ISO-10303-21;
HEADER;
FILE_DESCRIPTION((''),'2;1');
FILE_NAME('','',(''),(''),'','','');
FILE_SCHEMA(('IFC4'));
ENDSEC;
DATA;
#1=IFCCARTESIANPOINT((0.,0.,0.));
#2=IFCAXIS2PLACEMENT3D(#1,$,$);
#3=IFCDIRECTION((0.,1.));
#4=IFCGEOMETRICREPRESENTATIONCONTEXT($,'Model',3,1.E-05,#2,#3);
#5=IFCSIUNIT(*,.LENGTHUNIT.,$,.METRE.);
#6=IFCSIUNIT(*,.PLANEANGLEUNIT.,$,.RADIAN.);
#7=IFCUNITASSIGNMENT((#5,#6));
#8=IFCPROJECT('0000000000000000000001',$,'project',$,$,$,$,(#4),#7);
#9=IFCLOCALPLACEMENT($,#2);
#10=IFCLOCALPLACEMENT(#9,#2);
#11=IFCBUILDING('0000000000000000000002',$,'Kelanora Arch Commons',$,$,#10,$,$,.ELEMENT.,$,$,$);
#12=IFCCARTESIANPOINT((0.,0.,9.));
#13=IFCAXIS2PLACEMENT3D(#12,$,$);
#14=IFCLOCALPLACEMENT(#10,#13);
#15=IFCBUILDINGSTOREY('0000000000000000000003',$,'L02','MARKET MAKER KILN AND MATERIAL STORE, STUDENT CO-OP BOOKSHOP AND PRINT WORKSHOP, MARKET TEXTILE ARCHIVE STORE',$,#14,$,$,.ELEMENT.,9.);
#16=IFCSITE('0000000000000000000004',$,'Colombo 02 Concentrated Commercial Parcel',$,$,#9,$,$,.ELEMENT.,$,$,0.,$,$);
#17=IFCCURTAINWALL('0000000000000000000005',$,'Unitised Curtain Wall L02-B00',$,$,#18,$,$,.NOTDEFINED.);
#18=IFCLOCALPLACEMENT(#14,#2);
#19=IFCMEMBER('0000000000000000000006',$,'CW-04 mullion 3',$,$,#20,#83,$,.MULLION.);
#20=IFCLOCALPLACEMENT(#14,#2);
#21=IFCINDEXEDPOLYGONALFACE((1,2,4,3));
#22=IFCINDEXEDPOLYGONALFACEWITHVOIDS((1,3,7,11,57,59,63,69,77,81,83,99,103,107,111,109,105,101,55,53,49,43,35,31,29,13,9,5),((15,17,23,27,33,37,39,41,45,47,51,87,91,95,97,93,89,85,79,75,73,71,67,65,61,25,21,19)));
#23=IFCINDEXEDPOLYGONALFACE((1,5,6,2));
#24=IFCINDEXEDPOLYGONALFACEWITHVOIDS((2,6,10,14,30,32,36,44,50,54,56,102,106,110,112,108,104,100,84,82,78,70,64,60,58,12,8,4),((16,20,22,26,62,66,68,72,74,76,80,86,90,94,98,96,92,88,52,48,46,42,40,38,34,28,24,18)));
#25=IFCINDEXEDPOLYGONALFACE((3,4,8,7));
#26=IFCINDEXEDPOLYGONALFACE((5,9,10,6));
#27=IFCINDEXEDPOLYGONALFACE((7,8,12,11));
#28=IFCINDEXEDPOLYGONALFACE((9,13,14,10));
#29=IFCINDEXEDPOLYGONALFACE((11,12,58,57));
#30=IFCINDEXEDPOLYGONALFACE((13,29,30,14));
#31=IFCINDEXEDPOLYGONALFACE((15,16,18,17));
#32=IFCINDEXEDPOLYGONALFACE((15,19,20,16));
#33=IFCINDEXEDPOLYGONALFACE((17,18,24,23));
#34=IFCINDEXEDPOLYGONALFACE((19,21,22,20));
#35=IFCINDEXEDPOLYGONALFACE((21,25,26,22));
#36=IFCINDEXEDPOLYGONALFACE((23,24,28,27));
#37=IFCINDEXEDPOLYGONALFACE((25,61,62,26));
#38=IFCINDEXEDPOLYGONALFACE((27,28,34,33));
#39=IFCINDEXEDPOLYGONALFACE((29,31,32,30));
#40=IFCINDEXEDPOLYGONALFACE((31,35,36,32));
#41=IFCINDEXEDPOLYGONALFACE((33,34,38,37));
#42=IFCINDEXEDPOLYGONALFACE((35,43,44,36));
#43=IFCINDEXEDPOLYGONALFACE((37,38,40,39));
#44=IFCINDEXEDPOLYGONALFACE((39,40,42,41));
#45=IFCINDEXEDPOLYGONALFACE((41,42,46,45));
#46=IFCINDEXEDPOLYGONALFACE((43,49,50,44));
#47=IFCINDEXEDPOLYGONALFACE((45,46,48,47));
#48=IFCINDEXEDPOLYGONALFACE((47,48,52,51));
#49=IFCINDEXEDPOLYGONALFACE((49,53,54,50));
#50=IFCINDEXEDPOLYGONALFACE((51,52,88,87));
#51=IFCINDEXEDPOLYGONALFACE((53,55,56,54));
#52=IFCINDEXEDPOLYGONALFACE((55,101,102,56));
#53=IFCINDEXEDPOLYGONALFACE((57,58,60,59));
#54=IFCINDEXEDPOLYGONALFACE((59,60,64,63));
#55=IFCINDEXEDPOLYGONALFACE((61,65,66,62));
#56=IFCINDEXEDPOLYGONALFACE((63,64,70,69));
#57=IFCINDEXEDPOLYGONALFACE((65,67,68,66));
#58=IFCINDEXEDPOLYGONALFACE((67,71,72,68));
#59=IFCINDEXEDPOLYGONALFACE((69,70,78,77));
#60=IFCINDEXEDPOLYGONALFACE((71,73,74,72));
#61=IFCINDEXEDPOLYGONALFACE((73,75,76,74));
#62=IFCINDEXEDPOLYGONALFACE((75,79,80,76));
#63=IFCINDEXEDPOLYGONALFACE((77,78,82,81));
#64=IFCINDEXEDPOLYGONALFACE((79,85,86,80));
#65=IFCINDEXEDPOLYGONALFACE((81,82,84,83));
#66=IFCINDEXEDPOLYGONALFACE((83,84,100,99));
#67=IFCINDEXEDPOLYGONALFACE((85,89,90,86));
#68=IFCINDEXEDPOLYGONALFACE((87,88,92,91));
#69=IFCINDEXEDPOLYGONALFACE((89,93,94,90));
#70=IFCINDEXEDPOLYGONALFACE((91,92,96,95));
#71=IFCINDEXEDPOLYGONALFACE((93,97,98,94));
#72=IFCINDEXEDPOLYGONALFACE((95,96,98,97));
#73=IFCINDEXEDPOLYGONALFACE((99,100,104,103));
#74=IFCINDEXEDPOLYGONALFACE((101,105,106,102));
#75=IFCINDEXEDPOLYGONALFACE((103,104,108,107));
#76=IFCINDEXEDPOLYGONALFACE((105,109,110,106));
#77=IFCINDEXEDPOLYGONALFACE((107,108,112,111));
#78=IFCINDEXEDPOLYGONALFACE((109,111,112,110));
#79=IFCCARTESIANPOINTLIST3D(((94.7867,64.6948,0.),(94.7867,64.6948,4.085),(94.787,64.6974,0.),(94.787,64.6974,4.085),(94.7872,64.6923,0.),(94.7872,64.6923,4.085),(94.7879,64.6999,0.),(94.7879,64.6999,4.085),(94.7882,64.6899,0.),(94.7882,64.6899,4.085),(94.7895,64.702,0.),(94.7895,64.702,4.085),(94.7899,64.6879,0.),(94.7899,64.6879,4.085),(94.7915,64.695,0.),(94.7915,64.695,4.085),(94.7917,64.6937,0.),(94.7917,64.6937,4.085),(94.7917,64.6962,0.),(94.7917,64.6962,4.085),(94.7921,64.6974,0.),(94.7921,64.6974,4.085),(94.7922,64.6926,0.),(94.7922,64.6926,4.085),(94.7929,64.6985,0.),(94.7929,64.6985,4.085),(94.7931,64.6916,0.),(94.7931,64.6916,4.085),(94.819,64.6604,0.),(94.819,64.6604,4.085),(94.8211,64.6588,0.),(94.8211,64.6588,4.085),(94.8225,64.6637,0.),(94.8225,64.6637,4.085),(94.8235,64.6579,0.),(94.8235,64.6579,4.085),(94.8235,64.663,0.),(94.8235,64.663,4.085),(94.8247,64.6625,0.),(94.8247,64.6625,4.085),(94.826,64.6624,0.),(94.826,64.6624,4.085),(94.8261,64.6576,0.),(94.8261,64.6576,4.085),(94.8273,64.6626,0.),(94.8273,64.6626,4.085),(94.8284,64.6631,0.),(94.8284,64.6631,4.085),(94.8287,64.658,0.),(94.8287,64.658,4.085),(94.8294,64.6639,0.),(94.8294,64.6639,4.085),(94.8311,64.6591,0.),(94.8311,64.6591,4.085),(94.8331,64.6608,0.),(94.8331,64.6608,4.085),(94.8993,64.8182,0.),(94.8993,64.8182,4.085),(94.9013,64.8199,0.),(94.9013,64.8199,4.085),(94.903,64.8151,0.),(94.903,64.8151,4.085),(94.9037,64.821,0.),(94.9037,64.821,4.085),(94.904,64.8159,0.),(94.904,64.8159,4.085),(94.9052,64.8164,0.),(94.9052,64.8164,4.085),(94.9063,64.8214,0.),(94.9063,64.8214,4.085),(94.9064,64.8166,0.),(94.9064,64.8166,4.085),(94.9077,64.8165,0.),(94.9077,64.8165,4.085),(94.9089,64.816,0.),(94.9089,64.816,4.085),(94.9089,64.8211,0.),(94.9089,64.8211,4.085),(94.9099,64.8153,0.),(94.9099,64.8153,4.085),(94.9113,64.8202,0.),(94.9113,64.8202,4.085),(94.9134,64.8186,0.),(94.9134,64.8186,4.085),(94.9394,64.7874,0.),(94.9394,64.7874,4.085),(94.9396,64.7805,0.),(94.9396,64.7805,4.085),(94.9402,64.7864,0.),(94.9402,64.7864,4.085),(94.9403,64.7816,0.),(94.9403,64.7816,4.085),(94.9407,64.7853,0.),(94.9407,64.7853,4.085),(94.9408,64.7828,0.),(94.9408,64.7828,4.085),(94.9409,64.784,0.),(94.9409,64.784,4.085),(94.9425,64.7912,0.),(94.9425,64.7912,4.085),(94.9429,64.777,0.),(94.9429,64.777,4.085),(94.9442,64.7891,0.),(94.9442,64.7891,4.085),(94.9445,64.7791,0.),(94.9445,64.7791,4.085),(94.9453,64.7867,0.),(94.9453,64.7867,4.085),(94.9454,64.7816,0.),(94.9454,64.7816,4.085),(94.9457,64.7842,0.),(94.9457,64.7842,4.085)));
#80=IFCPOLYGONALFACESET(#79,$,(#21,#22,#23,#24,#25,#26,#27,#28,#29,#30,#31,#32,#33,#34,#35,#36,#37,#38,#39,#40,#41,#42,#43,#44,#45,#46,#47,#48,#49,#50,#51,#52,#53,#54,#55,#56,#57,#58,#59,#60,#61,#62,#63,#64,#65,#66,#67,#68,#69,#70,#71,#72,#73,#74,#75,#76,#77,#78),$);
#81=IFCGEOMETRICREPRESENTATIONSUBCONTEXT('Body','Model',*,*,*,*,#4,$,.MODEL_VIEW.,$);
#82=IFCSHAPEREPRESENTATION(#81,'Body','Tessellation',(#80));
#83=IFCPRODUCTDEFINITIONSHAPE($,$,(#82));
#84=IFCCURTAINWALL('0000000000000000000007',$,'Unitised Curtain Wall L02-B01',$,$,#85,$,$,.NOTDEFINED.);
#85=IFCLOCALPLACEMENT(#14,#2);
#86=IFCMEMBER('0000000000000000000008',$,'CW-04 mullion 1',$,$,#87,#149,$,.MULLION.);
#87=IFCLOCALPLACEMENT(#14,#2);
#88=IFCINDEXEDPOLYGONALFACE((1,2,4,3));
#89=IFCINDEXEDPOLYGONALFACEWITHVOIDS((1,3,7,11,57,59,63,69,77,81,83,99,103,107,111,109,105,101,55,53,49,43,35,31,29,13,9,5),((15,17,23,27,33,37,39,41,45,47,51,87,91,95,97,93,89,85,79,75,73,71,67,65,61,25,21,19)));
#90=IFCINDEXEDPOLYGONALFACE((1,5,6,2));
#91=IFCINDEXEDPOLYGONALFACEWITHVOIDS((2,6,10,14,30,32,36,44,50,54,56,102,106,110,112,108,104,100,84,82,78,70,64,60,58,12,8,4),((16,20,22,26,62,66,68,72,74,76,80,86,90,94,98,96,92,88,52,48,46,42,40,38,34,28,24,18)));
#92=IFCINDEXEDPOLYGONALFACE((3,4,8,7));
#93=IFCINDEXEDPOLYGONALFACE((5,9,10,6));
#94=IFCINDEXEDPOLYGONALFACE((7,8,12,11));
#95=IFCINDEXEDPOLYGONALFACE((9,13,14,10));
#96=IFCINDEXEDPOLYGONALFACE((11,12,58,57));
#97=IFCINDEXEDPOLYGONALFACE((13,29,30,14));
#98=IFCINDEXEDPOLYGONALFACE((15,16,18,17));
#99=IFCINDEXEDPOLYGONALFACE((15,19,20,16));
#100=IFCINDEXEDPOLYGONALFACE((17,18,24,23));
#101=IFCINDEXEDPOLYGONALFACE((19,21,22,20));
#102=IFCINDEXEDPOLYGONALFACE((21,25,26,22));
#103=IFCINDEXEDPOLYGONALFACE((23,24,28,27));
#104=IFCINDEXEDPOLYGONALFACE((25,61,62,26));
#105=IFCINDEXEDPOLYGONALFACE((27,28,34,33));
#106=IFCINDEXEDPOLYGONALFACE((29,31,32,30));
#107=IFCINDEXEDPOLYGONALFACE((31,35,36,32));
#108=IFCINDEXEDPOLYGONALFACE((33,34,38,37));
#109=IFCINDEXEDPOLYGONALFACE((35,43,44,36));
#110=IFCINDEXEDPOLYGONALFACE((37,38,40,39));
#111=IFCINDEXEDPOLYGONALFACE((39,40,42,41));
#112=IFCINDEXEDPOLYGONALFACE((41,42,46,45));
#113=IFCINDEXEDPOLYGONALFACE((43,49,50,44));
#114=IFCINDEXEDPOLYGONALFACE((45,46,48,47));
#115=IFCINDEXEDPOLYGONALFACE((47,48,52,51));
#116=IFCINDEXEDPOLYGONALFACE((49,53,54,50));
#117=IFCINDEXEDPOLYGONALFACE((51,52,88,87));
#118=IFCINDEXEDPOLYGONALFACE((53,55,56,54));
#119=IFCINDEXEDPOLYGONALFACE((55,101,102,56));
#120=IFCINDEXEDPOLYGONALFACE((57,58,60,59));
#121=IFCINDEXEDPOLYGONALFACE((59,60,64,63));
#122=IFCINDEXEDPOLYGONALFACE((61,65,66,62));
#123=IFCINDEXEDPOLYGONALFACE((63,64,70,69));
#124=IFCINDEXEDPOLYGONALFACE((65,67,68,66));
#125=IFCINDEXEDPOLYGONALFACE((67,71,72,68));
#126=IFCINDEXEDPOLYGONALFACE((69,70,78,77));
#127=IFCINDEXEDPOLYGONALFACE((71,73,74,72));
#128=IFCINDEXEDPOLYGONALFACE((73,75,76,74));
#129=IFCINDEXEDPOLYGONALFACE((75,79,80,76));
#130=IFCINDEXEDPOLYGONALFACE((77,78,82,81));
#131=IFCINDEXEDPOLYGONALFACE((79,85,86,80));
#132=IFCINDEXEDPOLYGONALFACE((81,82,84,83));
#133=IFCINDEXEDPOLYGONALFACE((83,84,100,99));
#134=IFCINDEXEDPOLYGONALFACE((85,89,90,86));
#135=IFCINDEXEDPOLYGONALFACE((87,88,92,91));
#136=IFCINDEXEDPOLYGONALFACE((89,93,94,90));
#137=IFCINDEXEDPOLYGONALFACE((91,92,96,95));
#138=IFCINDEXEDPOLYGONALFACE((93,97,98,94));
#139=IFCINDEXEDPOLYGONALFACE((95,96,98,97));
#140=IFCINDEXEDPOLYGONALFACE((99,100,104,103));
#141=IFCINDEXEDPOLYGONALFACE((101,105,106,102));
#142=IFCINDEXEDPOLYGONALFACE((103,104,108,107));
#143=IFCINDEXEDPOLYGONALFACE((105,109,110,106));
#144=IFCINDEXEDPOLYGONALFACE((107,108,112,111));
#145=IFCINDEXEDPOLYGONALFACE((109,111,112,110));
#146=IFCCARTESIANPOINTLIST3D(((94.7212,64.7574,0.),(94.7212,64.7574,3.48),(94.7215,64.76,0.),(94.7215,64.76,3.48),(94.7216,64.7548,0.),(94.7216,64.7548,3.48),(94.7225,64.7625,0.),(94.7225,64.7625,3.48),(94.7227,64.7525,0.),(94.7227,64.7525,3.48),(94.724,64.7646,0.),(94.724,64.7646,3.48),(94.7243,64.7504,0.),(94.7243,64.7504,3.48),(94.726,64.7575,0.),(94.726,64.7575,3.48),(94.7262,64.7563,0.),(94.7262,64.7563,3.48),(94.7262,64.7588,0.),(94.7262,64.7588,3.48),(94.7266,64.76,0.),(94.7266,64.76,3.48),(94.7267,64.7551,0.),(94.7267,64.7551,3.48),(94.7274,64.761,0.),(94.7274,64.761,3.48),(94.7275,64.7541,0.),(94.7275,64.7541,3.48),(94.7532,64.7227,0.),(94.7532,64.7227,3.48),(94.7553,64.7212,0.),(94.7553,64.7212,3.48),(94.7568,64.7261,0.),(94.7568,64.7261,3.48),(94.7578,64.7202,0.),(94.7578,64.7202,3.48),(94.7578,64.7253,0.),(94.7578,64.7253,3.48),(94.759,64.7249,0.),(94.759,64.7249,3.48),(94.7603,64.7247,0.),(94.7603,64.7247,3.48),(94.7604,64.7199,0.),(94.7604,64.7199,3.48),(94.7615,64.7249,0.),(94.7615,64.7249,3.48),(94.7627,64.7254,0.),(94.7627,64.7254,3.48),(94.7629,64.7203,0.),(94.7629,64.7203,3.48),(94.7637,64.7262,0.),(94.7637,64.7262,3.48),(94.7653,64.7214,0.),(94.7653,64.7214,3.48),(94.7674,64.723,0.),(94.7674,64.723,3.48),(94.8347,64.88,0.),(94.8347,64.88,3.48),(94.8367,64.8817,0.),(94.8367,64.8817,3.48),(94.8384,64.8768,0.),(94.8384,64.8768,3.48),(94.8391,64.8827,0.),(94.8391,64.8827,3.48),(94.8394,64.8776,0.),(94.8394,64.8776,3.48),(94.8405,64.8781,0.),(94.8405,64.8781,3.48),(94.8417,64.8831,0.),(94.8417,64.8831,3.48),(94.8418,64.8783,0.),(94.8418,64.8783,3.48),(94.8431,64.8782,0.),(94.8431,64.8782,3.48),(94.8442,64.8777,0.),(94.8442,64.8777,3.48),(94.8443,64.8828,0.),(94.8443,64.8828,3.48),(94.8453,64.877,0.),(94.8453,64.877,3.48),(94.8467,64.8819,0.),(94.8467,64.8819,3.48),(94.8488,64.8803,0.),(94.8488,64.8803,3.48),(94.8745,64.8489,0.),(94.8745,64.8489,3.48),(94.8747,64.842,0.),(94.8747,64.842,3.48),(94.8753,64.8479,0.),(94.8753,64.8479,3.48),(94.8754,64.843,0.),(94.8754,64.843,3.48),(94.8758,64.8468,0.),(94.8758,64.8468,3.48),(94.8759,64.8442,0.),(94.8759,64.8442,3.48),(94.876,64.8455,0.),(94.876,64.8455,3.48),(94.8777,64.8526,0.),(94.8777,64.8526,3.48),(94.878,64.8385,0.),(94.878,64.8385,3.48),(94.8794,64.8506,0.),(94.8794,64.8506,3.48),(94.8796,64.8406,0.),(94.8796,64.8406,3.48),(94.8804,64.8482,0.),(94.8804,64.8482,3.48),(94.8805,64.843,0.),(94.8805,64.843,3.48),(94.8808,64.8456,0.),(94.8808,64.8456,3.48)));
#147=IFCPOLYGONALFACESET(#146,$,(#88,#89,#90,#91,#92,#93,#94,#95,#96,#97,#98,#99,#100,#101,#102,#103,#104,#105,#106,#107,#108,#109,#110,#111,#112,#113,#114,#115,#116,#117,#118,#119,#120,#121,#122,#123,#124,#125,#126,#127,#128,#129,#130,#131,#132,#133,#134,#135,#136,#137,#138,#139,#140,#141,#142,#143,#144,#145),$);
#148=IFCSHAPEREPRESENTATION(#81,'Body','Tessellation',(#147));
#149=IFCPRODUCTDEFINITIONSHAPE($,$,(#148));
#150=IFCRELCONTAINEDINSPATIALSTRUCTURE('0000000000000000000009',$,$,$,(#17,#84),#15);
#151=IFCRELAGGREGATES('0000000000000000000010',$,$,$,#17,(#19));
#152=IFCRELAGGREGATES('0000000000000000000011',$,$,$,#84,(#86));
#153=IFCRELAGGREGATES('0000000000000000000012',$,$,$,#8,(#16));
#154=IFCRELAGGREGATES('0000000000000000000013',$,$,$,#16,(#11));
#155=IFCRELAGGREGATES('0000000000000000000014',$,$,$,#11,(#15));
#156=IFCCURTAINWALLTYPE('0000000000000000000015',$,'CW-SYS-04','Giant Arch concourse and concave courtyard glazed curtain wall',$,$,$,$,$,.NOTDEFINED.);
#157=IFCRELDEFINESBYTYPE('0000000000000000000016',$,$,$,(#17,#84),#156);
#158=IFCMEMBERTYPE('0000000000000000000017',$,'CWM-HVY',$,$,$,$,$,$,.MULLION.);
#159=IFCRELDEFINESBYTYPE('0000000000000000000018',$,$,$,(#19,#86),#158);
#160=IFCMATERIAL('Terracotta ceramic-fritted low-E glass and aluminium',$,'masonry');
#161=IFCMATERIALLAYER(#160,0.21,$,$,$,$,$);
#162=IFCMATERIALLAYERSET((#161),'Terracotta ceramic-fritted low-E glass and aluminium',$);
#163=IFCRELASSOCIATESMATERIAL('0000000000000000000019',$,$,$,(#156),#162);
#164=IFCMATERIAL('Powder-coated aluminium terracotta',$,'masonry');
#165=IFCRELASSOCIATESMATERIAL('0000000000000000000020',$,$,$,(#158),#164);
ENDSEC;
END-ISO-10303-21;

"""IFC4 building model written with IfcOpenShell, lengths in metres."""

from ifc_helpers import new_model, si_unit, direction, frame, origin, origin_2d, place, context, subcontext, project, spatial, hollow_rectangle, extrude, material, layer, layer_set, material_profile, profile_set, type_object, element, aggregate, save


model = new_model("IFC4")

# Units and contexts
model_context = context("Model", 3, precision=1e-05, world=origin(), true_north=direction((0.0, 1.0)))
body_context = subcontext(model_context, "Body", "Model", "MODEL_VIEW")
ifc_project = project(units=[si_unit("LENGTHUNIT", "METRE"), si_unit("PLANEANGLEUNIT", "RADIAN")], contexts=[model_context])

# Site, building, storey
site_placement = place(None, origin())
site = spatial("IfcSite", under=ifc_project, at=site_placement, Name="Colombo 02 Concentrated Commercial Parcel", CompositionType="ELEMENT", RefElevation=0.0)
building_placement = place(site_placement, origin())
building = spatial("IfcBuilding", under=site, at=building_placement, Name="Kelanora Arch Commons", CompositionType="ELEMENT")
storey_placement = place(building_placement, frame((0.0, 0.0, 9.0)))
storey = spatial("IfcBuildingStorey", under=building, at=storey_placement, Name="L02", Description="MARKET MAKER KILN AND MATERIAL STORE, STUDENT CO-OP BOOKSHOP AND PRINT WORKSHOP, MARKET TEXTILE ARCHIVE STORE", CompositionType="ELEMENT", Elevation=9.0)

# Curtain wall, member
ifc_material_1 = material(Name="Terracotta ceramic-fritted low-E glass and aluminium", Category="masonry")
ifc_layer_1 = layer(ifc_material_1, 0.21)
ifc_layer_set_1 = layer_set([ifc_layer_1], Name="Terracotta ceramic-fritted low-E glass and aluminium")
curtain_wall_type = type_object("IfcCurtainWallType", Name="CW-SYS-04", Description="Giant Arch concourse and concave courtyard glazed curtain wall", PredefinedType="NOTDEFINED", material=ifc_layer_set_1)
curtain_wall_1_placement = place(storey_placement, origin())
curtain_wall_1 = element("IfcCurtainWall", 1, at=curtain_wall_1_placement, inside=storey, type_object=curtain_wall_type, Name="Unitised Curtain Wall L02-B00", PredefinedType="NOTDEFINED")
ifc_material_2 = material(Name="Powder-coated aluminium terracotta", Category="masonry")
ifc_material_profile_1 = material_profile(ifc_material_2, hollow_rectangle(XDim=0.1799, YDim=0.0601, WallThickness=0.0049, InnerFilletRadius=0.0049, OuterFilletRadius=0.01, at=origin_2d()), Name="CWM180x60")
ifc_profile_set_1 = profile_set([ifc_material_profile_1], Name="Powder-coated aluminium terracotta")
member_type_1 = type_object("IfcMemberType", Name="CWM-HVY", PredefinedType="MULLION", material=ifc_profile_set_1)
member_1_placement = place(storey_placement, frame((94.8662, 64.7395, 0.0), z_axis=(0.0, 0.0, 1.0), x_axis=(-0.68672, -0.726922, 0.0)))
member_1 = element("IfcMember", 2, at=member_1_placement, type_object=member_type_1, Name="CW-04 mullion 3", PredefinedType="MULLION", context=body_context, shape_type="SweptSolid", body=[
    extrude(hollow_rectangle(XDim=0.1799, YDim=0.0601, WallThickness=0.0049, InnerFilletRadius=0.0049, OuterFilletRadius=0.01, at=origin_2d()), origin(), (0.0, 0.0, 1.0), 4.085),
])

# Curtain wall, member
curtain_wall_2_placement = place(storey_placement, origin())
curtain_wall_2 = element("IfcCurtainWall", 3, at=curtain_wall_2_placement, inside=storey, type_object=curtain_wall_type, Name="Unitised Curtain Wall L02-B01", PredefinedType="NOTDEFINED")
member_2_placement = place(storey_placement, frame((94.801, 64.8015, 0.0), z_axis=(0.0, 0.0, 1.0), x_axis=(-0.691953, -0.721943, 0.0)))
member_2 = element("IfcMember", 4, at=member_2_placement, type_object=member_type_1, Name="CW-04 mullion 1", PredefinedType="MULLION", context=body_context, shape_type="SweptSolid", body=[
    extrude(hollow_rectangle(XDim=0.1799, YDim=0.0601, WallThickness=0.0049, InnerFilletRadius=0.0049, OuterFilletRadius=0.01, at=origin_2d()), origin(), (0.0, 0.0, 1.0), 3.48),
])

aggregate(curtain_wall_1, [member_1])
aggregate(curtain_wall_2, [member_2])

save(model, "model.ifc")
